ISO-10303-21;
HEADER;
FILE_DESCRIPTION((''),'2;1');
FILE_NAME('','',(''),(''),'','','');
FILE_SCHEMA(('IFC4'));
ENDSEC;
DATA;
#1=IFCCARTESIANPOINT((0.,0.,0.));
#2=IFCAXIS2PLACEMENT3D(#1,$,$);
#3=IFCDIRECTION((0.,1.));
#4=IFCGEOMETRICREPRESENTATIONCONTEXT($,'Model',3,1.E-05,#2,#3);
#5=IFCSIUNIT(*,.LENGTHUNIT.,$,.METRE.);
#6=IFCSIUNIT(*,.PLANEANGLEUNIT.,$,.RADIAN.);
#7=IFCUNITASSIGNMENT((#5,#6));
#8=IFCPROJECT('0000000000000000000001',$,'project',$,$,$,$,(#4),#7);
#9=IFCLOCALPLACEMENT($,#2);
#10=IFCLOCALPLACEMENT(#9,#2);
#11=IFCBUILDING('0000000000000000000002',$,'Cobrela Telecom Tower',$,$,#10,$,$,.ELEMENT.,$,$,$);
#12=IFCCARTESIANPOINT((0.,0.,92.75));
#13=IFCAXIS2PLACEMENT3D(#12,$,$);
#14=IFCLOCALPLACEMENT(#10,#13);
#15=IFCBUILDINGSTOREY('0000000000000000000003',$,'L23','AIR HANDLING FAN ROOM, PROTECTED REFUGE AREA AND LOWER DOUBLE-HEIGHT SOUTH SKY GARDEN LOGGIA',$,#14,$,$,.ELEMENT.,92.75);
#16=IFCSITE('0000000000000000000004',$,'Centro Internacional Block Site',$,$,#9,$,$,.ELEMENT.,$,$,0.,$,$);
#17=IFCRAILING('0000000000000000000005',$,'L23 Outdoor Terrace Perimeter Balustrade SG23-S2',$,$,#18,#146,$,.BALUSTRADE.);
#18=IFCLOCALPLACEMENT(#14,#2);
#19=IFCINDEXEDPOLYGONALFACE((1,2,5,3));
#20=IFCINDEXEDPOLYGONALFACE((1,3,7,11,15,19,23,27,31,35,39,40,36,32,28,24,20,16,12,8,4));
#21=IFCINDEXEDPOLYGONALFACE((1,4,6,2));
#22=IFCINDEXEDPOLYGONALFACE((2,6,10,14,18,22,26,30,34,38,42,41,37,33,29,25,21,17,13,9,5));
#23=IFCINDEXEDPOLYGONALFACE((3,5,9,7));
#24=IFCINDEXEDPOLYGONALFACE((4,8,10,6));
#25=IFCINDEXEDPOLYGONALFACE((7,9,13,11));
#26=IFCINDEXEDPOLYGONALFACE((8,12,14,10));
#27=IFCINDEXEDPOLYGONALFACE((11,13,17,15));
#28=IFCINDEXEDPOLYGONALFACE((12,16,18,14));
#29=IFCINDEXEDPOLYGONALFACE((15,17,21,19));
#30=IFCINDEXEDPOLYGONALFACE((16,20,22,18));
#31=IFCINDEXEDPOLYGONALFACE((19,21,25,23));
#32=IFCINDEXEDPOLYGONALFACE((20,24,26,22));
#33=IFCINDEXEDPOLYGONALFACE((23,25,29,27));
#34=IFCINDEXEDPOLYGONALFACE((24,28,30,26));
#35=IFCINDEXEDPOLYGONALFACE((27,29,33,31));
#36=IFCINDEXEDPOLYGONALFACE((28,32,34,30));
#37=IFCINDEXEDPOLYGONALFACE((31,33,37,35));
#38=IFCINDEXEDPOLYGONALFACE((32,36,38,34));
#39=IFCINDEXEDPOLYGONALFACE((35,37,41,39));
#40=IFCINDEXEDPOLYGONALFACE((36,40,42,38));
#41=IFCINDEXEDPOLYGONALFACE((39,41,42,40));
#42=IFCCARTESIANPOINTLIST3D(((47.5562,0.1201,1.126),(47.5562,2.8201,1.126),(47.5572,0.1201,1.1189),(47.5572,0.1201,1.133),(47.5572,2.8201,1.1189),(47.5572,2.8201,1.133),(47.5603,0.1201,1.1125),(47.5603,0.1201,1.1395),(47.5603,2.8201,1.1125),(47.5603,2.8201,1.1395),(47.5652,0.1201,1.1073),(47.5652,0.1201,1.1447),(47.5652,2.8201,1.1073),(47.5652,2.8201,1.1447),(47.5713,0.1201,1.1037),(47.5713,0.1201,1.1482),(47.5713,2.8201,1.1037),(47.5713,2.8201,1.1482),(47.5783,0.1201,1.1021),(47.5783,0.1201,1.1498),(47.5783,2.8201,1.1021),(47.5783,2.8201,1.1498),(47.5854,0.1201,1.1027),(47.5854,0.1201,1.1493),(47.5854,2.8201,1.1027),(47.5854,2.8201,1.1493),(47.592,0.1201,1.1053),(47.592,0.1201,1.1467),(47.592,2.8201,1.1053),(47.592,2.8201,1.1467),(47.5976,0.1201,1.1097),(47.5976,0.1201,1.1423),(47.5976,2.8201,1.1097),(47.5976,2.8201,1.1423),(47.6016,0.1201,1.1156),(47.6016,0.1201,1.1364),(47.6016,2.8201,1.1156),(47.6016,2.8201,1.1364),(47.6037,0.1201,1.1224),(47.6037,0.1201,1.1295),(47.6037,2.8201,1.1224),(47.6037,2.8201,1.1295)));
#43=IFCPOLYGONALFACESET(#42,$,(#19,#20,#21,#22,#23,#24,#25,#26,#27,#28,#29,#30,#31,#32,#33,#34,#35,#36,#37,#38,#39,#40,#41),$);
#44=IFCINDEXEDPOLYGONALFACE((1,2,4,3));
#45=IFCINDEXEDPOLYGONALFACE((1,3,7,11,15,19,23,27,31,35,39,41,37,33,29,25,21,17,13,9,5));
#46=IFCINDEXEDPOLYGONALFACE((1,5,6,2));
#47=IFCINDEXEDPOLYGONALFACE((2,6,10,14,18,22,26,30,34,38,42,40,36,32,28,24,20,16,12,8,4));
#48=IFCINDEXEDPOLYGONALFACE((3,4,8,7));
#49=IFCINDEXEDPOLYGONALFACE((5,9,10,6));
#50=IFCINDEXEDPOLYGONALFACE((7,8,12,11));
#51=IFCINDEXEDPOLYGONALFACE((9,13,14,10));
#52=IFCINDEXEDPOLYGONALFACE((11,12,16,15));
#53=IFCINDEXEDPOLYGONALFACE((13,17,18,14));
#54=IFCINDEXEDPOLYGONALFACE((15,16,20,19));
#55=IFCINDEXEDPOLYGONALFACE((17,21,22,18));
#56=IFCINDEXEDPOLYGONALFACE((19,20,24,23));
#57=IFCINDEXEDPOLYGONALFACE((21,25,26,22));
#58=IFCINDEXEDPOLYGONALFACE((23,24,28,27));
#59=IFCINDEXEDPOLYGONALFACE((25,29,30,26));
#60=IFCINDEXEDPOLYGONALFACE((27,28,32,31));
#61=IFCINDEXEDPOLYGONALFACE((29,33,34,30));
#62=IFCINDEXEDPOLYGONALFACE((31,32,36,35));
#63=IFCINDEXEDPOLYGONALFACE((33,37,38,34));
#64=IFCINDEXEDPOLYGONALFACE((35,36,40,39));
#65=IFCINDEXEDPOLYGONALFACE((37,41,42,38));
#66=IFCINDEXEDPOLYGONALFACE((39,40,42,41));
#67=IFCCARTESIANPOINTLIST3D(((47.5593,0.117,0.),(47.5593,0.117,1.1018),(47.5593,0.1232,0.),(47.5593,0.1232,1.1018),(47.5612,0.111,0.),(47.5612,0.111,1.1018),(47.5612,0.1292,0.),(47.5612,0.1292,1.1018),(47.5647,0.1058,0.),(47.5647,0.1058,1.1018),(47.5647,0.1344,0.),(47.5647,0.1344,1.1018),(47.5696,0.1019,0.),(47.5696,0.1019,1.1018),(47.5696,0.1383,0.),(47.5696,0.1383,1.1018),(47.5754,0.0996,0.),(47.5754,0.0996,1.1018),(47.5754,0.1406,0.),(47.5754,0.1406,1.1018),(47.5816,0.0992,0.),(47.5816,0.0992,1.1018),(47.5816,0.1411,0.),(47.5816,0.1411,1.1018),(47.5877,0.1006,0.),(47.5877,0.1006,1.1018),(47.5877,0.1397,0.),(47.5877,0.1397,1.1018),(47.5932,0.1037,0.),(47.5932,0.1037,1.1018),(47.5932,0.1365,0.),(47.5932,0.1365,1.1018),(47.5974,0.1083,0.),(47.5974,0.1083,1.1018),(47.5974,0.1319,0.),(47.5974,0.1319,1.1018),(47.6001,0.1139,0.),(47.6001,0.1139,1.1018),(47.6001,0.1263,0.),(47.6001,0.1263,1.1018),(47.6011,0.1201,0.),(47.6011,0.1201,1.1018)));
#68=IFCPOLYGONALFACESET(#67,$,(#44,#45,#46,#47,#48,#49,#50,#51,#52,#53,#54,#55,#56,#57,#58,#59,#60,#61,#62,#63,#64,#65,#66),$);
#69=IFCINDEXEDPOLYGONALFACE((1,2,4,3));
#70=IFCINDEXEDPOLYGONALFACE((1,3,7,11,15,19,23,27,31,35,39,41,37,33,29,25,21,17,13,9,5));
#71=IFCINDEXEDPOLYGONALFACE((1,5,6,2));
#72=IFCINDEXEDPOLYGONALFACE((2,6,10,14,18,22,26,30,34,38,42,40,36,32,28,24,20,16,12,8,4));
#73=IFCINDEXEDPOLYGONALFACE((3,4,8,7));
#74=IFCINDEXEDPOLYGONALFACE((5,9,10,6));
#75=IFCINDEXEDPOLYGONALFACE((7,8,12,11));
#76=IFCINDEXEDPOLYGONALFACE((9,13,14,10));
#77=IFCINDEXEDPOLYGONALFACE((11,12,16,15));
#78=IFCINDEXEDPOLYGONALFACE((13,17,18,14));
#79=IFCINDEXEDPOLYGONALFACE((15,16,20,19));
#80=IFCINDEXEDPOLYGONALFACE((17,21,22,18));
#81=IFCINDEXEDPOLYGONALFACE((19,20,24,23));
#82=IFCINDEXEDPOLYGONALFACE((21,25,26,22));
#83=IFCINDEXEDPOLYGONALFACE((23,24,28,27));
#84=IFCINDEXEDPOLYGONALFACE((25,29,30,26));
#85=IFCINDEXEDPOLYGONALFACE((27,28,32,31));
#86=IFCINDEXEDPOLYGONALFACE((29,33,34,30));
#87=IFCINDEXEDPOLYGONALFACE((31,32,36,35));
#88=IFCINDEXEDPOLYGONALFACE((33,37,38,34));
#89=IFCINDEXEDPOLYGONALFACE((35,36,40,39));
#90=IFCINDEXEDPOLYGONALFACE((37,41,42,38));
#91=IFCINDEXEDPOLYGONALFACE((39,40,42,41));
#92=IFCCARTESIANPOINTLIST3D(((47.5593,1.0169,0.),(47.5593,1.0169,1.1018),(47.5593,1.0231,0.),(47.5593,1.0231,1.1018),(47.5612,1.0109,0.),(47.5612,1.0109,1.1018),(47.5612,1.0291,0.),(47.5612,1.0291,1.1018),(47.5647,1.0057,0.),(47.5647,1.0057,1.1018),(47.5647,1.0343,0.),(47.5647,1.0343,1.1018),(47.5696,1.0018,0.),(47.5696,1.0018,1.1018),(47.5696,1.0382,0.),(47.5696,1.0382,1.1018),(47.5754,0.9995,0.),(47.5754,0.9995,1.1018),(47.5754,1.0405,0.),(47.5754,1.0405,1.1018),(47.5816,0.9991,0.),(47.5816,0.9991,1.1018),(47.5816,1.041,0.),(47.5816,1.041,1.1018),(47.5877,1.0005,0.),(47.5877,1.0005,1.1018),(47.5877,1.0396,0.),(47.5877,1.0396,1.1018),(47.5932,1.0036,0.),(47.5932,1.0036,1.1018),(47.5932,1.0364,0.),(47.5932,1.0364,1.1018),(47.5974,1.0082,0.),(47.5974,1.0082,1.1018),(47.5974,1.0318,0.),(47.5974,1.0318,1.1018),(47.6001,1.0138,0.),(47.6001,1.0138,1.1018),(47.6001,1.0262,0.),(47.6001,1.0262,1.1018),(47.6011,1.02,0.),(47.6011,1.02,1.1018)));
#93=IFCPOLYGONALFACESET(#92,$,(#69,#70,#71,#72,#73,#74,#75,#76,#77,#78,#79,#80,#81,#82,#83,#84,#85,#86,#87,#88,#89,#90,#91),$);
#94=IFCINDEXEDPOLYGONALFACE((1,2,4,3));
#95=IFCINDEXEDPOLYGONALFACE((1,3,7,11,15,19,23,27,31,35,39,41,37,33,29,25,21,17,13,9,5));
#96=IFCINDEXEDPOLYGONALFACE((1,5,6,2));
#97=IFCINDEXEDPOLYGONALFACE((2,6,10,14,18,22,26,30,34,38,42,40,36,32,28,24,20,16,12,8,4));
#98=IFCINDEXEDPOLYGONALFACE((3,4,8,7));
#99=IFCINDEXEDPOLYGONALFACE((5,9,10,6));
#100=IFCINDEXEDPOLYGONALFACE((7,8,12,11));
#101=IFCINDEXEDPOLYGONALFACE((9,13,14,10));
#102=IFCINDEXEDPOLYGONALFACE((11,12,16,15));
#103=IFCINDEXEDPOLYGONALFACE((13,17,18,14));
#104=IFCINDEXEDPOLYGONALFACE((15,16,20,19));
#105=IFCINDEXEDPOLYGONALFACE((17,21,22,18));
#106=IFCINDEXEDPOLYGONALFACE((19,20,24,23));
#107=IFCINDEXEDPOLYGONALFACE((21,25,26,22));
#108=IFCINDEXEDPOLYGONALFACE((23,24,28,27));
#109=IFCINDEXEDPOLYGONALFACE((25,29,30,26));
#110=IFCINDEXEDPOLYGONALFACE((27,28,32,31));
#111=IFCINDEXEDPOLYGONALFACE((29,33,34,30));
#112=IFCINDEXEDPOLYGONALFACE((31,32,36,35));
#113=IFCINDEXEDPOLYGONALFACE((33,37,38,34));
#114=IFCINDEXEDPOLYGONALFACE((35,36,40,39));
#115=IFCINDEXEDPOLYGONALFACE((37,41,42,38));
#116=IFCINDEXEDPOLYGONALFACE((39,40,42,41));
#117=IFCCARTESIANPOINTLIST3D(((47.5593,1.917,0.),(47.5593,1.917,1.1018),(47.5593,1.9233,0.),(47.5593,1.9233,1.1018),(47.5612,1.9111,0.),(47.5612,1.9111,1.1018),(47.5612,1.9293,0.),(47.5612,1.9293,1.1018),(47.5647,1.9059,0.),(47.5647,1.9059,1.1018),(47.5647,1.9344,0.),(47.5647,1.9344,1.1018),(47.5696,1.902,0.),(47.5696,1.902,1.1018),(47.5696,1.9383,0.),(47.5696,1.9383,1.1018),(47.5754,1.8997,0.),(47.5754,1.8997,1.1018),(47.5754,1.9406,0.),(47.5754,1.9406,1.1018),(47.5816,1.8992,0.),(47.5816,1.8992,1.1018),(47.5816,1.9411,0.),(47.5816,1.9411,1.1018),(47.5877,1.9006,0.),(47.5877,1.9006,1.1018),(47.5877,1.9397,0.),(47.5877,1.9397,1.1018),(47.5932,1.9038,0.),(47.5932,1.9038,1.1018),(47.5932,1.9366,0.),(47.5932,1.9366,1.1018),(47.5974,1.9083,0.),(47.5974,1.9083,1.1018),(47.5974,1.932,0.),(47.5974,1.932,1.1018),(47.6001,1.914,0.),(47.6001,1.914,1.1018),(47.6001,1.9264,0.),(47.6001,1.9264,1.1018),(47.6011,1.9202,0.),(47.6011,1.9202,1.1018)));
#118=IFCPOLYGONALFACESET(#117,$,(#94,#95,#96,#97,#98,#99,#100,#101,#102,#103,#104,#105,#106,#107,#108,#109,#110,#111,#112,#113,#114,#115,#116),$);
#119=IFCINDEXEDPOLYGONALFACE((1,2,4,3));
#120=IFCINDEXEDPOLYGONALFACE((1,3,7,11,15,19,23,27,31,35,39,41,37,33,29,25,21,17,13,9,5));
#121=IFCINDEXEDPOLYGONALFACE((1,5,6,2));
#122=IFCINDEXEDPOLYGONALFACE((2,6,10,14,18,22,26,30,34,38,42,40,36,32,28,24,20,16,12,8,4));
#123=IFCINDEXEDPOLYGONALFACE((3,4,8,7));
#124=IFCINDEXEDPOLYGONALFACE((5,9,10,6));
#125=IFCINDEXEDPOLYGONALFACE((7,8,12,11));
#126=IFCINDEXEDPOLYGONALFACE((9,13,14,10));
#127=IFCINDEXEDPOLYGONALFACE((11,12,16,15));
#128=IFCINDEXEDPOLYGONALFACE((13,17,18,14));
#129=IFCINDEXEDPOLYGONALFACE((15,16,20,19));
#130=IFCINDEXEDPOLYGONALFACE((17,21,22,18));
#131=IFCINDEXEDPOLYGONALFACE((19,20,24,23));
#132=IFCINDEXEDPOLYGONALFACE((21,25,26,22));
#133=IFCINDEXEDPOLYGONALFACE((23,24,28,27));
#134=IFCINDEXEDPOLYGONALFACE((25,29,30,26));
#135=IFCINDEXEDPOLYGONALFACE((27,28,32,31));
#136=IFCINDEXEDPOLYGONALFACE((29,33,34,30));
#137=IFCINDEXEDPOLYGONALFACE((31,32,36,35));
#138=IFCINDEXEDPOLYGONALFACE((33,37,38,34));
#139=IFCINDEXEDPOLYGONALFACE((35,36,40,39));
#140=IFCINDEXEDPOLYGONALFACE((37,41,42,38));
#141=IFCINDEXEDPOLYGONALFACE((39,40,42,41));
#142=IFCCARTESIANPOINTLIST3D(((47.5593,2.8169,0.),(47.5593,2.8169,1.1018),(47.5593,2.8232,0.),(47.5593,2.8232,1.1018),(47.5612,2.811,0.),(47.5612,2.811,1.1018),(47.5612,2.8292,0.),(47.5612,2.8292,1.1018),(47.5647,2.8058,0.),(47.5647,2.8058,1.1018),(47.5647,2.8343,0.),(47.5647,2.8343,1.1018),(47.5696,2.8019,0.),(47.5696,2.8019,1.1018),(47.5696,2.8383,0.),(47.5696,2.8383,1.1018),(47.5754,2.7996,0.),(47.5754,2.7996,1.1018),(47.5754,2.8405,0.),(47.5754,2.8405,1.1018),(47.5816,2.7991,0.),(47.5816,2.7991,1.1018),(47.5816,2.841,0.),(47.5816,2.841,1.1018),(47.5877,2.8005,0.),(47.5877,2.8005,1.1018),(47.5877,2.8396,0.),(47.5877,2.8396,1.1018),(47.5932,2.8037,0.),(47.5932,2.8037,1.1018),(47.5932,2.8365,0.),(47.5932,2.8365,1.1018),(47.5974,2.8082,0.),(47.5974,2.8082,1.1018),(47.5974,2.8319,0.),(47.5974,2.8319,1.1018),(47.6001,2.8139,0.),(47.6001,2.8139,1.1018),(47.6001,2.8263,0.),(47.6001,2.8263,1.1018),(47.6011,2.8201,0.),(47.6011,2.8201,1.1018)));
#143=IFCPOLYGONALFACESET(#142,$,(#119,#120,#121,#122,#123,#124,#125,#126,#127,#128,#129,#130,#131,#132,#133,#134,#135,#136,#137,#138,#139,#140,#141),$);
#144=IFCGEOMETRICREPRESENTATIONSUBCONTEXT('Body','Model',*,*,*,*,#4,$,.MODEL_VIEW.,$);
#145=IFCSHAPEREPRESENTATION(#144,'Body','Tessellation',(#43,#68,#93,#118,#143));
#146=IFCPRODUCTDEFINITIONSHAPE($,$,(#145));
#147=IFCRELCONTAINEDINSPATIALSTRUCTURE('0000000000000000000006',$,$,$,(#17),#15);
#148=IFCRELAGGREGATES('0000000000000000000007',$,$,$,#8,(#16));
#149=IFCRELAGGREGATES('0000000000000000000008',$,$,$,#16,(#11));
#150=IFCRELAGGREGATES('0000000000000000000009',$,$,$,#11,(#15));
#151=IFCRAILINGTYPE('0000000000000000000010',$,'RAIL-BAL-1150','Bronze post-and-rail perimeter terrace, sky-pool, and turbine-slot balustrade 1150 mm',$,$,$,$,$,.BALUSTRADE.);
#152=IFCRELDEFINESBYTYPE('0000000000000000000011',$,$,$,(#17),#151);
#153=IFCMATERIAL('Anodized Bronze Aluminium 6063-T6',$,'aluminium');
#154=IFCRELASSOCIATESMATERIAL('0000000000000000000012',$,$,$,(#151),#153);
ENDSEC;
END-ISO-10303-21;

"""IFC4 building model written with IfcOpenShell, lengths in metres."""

from ifc_helpers import new_model, si_unit, direction, frame, origin, origin_2d, place, context, subcontext, project, spatial, circle, extrude, material, type_object, element, save


model = new_model("IFC4")

# Units and contexts
model_context = context("Model", 3, precision=1e-05, world=origin(), true_north=direction((0.0, 1.0)))
body_context = subcontext(model_context, "Body", "Model", "MODEL_VIEW")
ifc_project = project(units=[si_unit("LENGTHUNIT", "METRE"), si_unit("PLANEANGLEUNIT", "RADIAN")], contexts=[model_context])

# Site, building, storey
site_placement = place(None, origin())
site = spatial("IfcSite", under=ifc_project, at=site_placement, Name="Centro Internacional Block Site", CompositionType="ELEMENT", RefElevation=0.0)
building_placement = place(site_placement, origin())
building = spatial("IfcBuilding", under=site, at=building_placement, Name="Cobrela Telecom Tower", CompositionType="ELEMENT")
storey_placement = place(building_placement, frame((0.0, 0.0, 92.75)))
storey = spatial("IfcBuildingStorey", under=building, at=storey_placement, Name="L23", Description="AIR HANDLING FAN ROOM, PROTECTED REFUGE AREA AND LOWER DOUBLE-HEIGHT SOUTH SKY GARDEN LOGGIA", CompositionType="ELEMENT", Elevation=92.75)

# Shared definitions
ifc_material_1 = material(Name="Anodized Bronze Aluminium 6063-T6", Category="aluminium")

# Railing
railing_type = type_object("IfcRailingType", Name="RAIL-BAL-1150", Description="Bronze post-and-rail perimeter terrace, sky-pool, and turbine-slot balustrade 1150 mm", PredefinedType="BALUSTRADE", material=ifc_material_1)
railing_1_placement = place(storey_placement, frame((47.5801, 0.1201, 0.0)))
element("IfcRailing", 1, at=railing_1_placement, inside=storey, type_object=railing_type, Name="L23 Outdoor Terrace Perimeter Balustrade SG23-S2", PredefinedType="BALUSTRADE", context=body_context, shape_type="SweptSolid", body=[
    extrude(circle(Radius=0.0239, at=origin_2d()), frame((0.0, 0.0, 1.126), z_axis=(0.0, 1.0, 0.0), x_axis=(-1.0, 0.0, 0.0)), (0.0, 0.0, 1.0), 2.7),
    extrude(circle(Radius=0.021, at=origin_2d()), origin(), (0.0, 0.0, 1.0), 1.1018),
    extrude(circle(Radius=0.021, at=origin_2d()), frame((0.0, 0.8999, 0.0)), (0.0, 0.0, 1.0), 1.1018),
    extrude(circle(Radius=0.021, at=origin_2d()), frame((0.0, 1.8, 0.0)), (0.0, 0.0, 1.0), 1.1018),
    extrude(circle(Radius=0.021, at=origin_2d()), frame((0.0, 2.7, 0.0)), (0.0, 0.0, 1.0), 1.1018),
])

save(model, "model.ifc")
